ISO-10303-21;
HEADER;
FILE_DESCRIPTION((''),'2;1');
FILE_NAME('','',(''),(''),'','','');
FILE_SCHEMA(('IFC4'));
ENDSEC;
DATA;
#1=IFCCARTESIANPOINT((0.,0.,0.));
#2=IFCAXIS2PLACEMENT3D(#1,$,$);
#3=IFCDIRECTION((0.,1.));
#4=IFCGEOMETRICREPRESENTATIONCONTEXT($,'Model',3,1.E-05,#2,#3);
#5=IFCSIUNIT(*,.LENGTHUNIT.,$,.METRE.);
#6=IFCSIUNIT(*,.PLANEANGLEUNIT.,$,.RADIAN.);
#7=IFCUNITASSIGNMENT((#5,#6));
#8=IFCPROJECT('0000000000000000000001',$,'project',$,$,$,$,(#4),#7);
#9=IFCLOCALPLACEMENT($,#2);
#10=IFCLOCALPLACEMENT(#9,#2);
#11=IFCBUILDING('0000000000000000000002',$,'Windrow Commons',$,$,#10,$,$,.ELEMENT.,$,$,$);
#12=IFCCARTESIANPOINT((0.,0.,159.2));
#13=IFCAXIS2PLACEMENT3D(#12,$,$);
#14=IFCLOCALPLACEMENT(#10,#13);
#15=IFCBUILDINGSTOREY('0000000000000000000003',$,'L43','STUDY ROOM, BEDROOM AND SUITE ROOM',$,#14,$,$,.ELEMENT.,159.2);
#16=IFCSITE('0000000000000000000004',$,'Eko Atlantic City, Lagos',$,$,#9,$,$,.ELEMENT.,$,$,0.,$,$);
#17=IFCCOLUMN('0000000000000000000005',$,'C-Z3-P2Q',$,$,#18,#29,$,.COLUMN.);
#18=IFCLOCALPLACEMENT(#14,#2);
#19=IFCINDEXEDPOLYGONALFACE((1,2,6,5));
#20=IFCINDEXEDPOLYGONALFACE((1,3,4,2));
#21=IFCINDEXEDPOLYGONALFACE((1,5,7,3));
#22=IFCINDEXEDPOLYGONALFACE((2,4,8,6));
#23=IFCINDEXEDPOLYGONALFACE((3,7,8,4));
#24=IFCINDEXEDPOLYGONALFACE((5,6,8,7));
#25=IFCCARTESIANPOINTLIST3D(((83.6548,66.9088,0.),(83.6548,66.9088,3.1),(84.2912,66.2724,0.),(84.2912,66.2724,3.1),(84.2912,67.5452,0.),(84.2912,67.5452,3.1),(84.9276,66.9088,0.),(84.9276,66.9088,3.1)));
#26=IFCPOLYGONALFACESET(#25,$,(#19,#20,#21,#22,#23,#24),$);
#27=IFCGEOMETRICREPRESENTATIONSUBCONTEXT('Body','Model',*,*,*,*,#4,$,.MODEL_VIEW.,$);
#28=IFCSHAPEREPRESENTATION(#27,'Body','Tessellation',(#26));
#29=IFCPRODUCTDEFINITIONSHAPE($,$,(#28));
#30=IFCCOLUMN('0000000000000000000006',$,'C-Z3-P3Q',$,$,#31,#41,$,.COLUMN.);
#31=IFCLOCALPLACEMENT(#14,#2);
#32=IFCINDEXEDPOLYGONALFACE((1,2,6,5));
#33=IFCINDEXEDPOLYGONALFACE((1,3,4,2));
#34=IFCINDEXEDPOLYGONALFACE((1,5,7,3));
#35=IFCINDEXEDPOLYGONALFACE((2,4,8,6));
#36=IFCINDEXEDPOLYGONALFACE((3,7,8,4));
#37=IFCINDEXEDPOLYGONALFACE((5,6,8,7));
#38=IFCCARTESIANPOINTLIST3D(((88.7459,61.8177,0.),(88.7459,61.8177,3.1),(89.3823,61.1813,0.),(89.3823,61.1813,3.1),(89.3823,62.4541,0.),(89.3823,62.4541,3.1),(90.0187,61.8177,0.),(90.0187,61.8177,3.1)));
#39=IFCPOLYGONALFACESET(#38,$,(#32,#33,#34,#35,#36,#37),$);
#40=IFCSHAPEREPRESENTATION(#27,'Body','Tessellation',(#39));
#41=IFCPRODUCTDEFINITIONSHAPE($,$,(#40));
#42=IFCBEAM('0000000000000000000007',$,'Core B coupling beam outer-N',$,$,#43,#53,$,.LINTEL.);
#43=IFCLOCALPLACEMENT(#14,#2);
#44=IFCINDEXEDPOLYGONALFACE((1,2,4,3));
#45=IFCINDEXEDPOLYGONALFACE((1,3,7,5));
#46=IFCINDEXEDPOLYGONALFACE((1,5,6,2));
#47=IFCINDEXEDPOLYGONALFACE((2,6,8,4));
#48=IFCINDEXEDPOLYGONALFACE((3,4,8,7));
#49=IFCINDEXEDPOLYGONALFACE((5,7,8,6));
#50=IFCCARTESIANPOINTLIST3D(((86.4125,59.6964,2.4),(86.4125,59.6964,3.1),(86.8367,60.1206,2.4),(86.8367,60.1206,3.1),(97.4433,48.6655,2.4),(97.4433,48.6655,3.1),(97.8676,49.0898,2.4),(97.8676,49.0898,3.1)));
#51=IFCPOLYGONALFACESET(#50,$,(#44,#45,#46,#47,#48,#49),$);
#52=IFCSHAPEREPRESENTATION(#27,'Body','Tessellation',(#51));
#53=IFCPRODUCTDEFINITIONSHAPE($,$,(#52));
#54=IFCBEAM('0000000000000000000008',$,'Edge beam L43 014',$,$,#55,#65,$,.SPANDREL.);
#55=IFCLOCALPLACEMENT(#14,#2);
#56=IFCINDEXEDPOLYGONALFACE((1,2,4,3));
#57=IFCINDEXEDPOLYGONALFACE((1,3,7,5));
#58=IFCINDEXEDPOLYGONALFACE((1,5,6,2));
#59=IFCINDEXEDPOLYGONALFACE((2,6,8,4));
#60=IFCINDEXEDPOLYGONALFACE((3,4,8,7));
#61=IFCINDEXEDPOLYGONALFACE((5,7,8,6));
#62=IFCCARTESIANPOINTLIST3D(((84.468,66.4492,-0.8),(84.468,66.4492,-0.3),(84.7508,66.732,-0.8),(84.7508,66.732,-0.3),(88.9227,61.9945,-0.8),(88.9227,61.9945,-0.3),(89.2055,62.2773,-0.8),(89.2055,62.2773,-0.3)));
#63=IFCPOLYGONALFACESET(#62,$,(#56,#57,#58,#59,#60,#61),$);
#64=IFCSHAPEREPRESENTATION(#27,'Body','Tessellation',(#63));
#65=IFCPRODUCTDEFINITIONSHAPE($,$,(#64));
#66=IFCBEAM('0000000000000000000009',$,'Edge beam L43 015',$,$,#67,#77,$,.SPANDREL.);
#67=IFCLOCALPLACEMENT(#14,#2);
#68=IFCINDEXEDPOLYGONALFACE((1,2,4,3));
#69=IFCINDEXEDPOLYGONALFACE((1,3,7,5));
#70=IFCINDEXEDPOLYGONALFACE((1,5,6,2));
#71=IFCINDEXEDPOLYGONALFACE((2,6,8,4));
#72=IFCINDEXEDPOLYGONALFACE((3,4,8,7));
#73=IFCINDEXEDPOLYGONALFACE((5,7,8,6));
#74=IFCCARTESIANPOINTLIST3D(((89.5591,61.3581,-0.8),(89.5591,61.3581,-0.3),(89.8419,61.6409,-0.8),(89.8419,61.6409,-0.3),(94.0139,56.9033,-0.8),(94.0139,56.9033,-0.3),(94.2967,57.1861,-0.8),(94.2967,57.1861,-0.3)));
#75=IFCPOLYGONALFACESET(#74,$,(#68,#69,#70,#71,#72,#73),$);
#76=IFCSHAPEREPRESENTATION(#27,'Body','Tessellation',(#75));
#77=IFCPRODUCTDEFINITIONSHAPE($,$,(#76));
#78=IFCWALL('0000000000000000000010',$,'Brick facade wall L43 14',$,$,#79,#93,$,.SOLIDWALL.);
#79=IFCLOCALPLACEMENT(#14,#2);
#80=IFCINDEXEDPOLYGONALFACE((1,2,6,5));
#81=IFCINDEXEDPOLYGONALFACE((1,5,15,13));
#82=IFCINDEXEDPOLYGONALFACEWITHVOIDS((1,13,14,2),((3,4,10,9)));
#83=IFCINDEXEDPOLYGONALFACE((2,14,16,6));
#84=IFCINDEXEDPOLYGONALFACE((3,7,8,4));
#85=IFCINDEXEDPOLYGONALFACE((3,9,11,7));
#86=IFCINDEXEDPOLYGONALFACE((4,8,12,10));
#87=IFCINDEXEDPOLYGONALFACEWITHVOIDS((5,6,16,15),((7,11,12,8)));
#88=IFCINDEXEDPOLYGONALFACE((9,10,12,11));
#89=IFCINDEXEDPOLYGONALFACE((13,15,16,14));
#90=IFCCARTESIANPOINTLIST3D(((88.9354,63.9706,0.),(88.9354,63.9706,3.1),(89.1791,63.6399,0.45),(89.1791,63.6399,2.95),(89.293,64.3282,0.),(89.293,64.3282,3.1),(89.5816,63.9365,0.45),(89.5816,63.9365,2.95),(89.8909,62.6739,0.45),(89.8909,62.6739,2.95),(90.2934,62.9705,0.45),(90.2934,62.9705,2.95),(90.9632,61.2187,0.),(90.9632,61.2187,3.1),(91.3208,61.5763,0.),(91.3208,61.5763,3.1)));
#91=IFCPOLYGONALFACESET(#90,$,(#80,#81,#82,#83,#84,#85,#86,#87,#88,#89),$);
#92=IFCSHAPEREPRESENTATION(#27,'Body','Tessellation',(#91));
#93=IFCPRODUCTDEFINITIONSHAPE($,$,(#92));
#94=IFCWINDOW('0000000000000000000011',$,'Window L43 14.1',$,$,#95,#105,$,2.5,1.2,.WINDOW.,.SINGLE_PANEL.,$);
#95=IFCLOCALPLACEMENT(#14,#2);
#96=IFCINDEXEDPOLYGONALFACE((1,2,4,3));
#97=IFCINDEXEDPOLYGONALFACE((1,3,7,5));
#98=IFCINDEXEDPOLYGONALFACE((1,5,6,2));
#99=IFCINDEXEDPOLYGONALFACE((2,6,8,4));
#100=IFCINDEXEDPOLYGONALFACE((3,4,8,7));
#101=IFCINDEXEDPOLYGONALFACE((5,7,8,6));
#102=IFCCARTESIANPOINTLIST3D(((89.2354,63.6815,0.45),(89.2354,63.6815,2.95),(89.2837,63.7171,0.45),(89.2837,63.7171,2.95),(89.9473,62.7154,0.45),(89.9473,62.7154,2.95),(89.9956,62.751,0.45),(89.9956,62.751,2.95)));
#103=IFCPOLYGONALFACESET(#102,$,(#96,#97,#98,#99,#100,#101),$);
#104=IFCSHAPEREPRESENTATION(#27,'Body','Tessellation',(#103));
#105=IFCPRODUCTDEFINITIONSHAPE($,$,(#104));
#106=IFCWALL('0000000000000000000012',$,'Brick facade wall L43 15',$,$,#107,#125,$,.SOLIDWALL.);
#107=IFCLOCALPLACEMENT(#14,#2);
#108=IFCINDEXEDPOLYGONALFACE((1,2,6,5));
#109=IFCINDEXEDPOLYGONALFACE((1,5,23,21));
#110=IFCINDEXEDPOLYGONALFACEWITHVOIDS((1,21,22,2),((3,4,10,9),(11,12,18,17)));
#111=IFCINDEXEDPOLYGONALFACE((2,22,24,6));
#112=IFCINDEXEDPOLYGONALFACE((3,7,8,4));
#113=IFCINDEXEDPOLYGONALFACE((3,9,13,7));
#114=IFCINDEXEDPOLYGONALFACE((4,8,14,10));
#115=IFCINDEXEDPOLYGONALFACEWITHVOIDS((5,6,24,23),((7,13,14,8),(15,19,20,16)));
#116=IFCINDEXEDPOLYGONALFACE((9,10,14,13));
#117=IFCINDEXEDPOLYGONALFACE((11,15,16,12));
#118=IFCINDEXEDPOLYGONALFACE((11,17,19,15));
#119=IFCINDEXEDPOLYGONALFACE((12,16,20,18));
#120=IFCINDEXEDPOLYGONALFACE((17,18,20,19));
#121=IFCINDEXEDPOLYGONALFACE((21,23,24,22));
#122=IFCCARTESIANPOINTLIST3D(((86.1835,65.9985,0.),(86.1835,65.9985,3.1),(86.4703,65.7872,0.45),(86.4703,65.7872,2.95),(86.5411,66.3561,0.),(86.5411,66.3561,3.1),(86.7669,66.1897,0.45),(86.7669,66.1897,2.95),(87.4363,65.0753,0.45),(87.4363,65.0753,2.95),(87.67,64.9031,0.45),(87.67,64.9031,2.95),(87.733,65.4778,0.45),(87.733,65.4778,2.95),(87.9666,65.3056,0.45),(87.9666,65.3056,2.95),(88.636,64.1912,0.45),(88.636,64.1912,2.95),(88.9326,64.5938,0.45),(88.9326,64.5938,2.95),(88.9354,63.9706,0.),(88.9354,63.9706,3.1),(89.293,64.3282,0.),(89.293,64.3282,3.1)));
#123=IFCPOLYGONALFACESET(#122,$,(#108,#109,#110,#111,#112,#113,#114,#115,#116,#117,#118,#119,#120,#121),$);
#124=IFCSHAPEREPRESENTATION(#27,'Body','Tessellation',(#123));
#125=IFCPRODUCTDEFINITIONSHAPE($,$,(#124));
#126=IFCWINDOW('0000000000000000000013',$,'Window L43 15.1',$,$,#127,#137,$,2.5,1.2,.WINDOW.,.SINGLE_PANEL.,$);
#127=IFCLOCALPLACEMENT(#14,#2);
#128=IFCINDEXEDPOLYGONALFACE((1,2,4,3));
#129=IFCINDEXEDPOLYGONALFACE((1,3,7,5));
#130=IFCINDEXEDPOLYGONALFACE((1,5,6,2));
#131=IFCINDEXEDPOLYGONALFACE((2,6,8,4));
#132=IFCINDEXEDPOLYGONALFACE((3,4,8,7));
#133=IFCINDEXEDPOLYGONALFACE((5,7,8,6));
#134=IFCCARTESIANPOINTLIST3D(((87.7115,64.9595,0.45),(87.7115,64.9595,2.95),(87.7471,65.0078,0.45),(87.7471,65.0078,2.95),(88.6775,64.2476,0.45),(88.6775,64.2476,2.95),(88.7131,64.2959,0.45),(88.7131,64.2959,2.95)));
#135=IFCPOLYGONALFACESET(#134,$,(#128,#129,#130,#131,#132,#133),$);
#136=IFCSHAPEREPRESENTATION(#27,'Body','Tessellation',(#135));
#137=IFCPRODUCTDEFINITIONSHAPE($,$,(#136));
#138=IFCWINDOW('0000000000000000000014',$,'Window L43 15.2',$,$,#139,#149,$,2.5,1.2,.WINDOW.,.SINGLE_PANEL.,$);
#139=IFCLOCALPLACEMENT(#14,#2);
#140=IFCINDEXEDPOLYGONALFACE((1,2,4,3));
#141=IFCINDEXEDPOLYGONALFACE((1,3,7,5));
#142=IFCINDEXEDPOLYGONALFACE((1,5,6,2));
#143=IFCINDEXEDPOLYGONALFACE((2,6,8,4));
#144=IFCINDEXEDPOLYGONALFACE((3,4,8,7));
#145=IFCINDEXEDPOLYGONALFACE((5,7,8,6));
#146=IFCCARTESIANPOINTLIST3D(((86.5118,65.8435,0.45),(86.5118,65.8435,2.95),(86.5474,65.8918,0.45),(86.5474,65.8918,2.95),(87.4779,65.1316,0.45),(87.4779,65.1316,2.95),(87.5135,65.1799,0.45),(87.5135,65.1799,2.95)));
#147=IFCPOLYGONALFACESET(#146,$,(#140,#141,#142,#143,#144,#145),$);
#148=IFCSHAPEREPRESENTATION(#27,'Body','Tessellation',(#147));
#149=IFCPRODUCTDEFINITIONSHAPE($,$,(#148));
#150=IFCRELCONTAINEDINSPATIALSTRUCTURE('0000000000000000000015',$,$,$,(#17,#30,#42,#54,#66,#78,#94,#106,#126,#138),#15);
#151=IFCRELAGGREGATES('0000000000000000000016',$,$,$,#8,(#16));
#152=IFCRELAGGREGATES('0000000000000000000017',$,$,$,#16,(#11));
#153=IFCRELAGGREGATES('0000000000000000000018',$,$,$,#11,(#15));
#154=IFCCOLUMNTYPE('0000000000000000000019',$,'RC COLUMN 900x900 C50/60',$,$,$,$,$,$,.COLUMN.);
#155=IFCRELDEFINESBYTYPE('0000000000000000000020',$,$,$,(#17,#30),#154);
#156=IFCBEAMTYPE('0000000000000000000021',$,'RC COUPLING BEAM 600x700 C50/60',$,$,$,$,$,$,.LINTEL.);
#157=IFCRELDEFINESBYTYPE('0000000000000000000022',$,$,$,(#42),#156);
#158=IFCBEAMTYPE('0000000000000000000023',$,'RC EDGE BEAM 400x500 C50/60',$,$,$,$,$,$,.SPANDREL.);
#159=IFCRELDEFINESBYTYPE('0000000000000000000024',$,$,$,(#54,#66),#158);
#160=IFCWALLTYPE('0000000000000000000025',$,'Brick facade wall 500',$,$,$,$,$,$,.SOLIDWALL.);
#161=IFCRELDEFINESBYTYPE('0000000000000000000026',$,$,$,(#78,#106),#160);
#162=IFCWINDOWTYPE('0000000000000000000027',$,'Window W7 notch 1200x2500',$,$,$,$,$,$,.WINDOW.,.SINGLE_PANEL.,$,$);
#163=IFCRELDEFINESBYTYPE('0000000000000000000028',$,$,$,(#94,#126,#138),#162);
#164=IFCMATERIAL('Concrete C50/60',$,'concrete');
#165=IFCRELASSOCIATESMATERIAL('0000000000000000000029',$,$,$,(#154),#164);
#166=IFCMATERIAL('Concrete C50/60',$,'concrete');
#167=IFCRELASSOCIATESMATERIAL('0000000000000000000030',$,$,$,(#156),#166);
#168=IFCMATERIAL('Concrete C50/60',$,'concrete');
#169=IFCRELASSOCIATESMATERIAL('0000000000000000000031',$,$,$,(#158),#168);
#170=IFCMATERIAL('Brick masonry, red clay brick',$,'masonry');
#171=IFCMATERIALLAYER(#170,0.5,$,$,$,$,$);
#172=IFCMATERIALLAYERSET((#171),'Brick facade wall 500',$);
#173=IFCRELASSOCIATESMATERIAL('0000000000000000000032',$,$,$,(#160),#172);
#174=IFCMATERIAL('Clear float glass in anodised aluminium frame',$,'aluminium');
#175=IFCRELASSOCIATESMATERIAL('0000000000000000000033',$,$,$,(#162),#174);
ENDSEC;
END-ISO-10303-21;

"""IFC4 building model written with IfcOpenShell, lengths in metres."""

from ifc_helpers import new_model, si_unit, direction, frame, frame_2d, origin, origin_2d, place, context, subcontext, project, spatial, polyline, rectangle, outline, extrude, material, layer, layer_set, material_profile, profile_set, type_object, element, fill, save


model = new_model("IFC4")

# Units and contexts
model_context = context("Model", 3, precision=1e-05, world=origin(), true_north=direction((0.0, 1.0)))
body_context = subcontext(model_context, "Body", "Model", "MODEL_VIEW")
ifc_project = project(units=[si_unit("LENGTHUNIT", "METRE"), si_unit("PLANEANGLEUNIT", "RADIAN")], contexts=[model_context])

# Site, building, storey
site_placement = place(None, origin())
site = spatial("IfcSite", under=ifc_project, at=site_placement, Name="Eko Atlantic City, Lagos", CompositionType="ELEMENT", RefElevation=0.0)
building_placement = place(site_placement, origin())
building = spatial("IfcBuilding", under=site, at=building_placement, Name="Windrow Commons", CompositionType="ELEMENT")
storey_placement = place(building_placement, frame((0.0, 0.0, 159.2)))
storey = spatial("IfcBuildingStorey", under=building, at=storey_placement, Name="L43", Description="STUDY ROOM, BEDROOM AND SUITE ROOM", CompositionType="ELEMENT", Elevation=159.2)

# Columns
ifc_material_1 = material(Name="Concrete C50/60", Category="concrete")
ifc_material_profile_1 = material_profile(ifc_material_1, rectangle(XDim=0.9, YDim=0.9, at=origin_2d()))
ifc_profile_set_1 = profile_set([ifc_material_profile_1], Name="Concrete C50/60")
column_type = type_object("IfcColumnType", Name="RC COLUMN 900x900 C50/60", PredefinedType="COLUMN", material=ifc_profile_set_1)
for number, where, z_axis, x_axis, name in (
    (1, (84.2912, 66.9088, 0.0), (0.0, 0.0, 1.0), (0.707107, -0.707107, 0.0), "C-Z3-P2Q"),
    (2, (89.3823, 61.8177, 0.0), (0.0, 0.0, 1.0), (0.707107, -0.707107, 0.0), "C-Z3-P3Q"),
):
    element("IfcColumn", number, at=place(storey_placement, frame(where, z_axis=z_axis, x_axis=x_axis)), inside=storey, type_object=column_type, Name=name, PredefinedType="COLUMN", context=body_context, shape_type="SweptSolid", body=[
        extrude(rectangle(XDim=0.9, YDim=0.9, at=origin_2d()), origin(), (0.0, 0.0, 1.0), 3.1),
    ])

# Beams
ifc_material_2 = material(Name="Concrete C50/60", Category="concrete")
ifc_material_profile_2 = material_profile(ifc_material_2, rectangle(XDim=0.6, YDim=0.7, at=origin_2d()))
ifc_profile_set_2 = profile_set([ifc_material_profile_2], Name="Concrete C50/60")
beam_type_1 = type_object("IfcBeamType", Name="RC COUPLING BEAM 600x700 C50/60", PredefinedType="LINTEL", material=ifc_profile_set_2)
beam_1_placement = place(storey_placement, frame((86.6246, 59.9085, 2.75), z_axis=(0.707107, -0.707107, 0.0), x_axis=(0.707107, 0.707107, 0.0)))
element("IfcBeam", 3, at=beam_1_placement, inside=storey, type_object=beam_type_1, Name="Core B coupling beam outer-N", PredefinedType="LINTEL", context=body_context, shape_type="SweptSolid", body=[
    extrude(rectangle(XDim=0.6, YDim=0.7, at=origin_2d()), origin(), (0.0, 0.0, 1.0), 15.6),
])
ifc_material_3 = material(Name="Concrete C50/60", Category="concrete")
ifc_material_profile_3 = material_profile(ifc_material_3, rectangle(XDim=0.4, YDim=0.5, at=origin_2d()))
ifc_profile_set_3 = profile_set([ifc_material_profile_3], Name="Concrete C50/60")
beam_type_2 = type_object("IfcBeamType", Name="RC EDGE BEAM 400x500 C50/60", PredefinedType="SPANDREL", material=ifc_profile_set_3)
beam_2_placement = place(storey_placement, frame((84.6094, 66.5906, -0.55), z_axis=(0.707107, -0.707107, 0.0), x_axis=(0.707107, 0.707107, 0.0)))
element("IfcBeam", 4, at=beam_2_placement, inside=storey, type_object=beam_type_2, Name="Edge beam L43 014", PredefinedType="SPANDREL", context=body_context, shape_type="SweptSolid", body=[
    extrude(rectangle(XDim=0.4, YDim=0.5, at=origin_2d()), origin(), (0.0, 0.0, 1.0), 6.2999),
])
beam_3_placement = place(storey_placement, frame((89.7005, 61.4995, -0.55), z_axis=(0.707107, -0.707107, 0.0), x_axis=(0.707107, 0.707107, 0.0)))
element("IfcBeam", 5, at=beam_3_placement, inside=storey, type_object=beam_type_2, Name="Edge beam L43 015", PredefinedType="SPANDREL", context=body_context, shape_type="SweptSolid", body=[
    extrude(rectangle(XDim=0.4, YDim=0.5, at=origin_2d()), origin(), (0.0, 0.0, 1.0), 6.3),
])

# Wall, opening, window
ifc_material_4 = material(Name="Brick masonry, red clay brick", Category="masonry")
ifc_layer_1 = layer(ifc_material_4, 0.5)
ifc_layer_set_1 = layer_set([ifc_layer_1], Name="Brick facade wall 500")
wall_type_1 = type_object("IfcWallType", Name="Brick facade wall 500", PredefinedType="SOLIDWALL", material=ifc_layer_set_1)
wall_1_placement = place(storey_placement, frame((91.142, 61.3975, 0.0), z_axis=(0.0, 0.0, 1.0), x_axis=(-0.593215, 0.805044, 0.0)))
wall_1 = element("IfcWall", 6, at=wall_1_placement, inside=storey, type_object=wall_type_1, Name="Brick facade wall L43 14", PredefinedType="SOLIDWALL", context=body_context, shape_type="SweptSolid", body=[
    extrude(outline(polyline([(0.0379, -0.25), (3.4562, -0.25), (3.3805, 0.25), (-0.0379, 0.25), (0.0379, -0.25)])), origin(), (0.0, 0.0, 1.0), 3.1),
])
opening_1_placement = place(wall_1_placement, frame((1.7697, 0.0, 0.45)))
opening_1 = element("IfcOpeningElement", 7, at=opening_1_placement, cuts=wall_1, PredefinedType="OPENING", context=body_context, shape_type="SweptSolid", body=[
    extrude(rectangle(XDim=1.2, YDim=2.5, at=frame_2d((0.6, 1.25))), frame((0.0, 0.26, 0.0), z_axis=(0.0, -1.0, 0.0), x_axis=(1.0, 0.0, 0.0)), (0.0, 0.0, 1.0), 0.52),
])
ifc_material_5 = material(Name="Clear float glass in anodised aluminium frame", Category="aluminium")
window_type = type_object("IfcWindowType", Name="Window W7 notch 1200x2500", PartitioningType="SINGLE_PANEL", PredefinedType="WINDOW", material=ifc_material_5)
window_1_placement = place(opening_1_placement, origin())
window_1 = element("IfcWindow", 8, at=window_1_placement, inside=storey, type_object=window_type, Name="Window L43 14.1", OverallHeight=2.5, OverallWidth=1.2, PartitioningType="SINGLE_PANEL", PredefinedType="WINDOW", context=body_context, shape_type="SweptSolid", body=[
    extrude(rectangle(XDim=1.2, YDim=2.5, at=frame_2d((0.6, 1.25))), frame((0.0, 0.18, 0.0), z_axis=(0.0, -1.0, 0.0), x_axis=(1.0, 0.0, 0.0)), (0.0, 0.0, 1.0), 0.06),
])
fill(opening_1, window_1)

# Wall, openings, windows
wall_2_placement = place(storey_placement, frame((89.1142, 64.1494, 0.0), z_axis=(0.0, 0.0, 1.0), x_axis=(-0.80503, 0.593234, 0.0)))
wall_2 = element("IfcWall", 9, at=wall_2_placement, inside=storey, type_object=wall_type_1, Name="Brick facade wall L43 15", PredefinedType="SOLIDWALL", context=body_context, shape_type="SweptSolid", body=[
    extrude(outline(polyline([(-0.0379, -0.25), (3.3805, -0.25), (3.4562, 0.25), (0.0379, 0.25), (-0.0379, -0.25)])), origin(), (0.0, 0.0, 1.0), 3.1),
])
opening_2_placement = place(wall_2_placement, frame((0.4098, 0.0, 0.45)))
opening_2 = element("IfcOpeningElement", 10, at=opening_2_placement, cuts=wall_2, PredefinedType="OPENING", context=body_context, shape_type="SweptSolid", body=[
    extrude(rectangle(XDim=1.2, YDim=2.5, at=frame_2d((0.6, 1.25))), frame((0.0, 0.26, 0.0), z_axis=(0.0, -1.0, 0.0), x_axis=(1.0, 0.0, 0.0)), (0.0, 0.0, 1.0), 0.52),
])
opening_3_placement = place(wall_2_placement, frame((1.9, 0.0, 0.45)))
opening_3 = element("IfcOpeningElement", 11, at=opening_3_placement, cuts=wall_2, PredefinedType="OPENING", context=body_context, shape_type="SweptSolid", body=[
    extrude(rectangle(XDim=1.2, YDim=2.5, at=frame_2d((0.6, 1.25))), frame((0.0, 0.26, 0.0), z_axis=(0.0, -1.0, 0.0), x_axis=(1.0, 0.0, 0.0)), (0.0, 0.0, 1.0), 0.52),
])
window_2_placement = place(opening_2_placement, origin())
window_2 = element("IfcWindow", 12, at=window_2_placement, inside=storey, type_object=window_type, Name="Window L43 15.1", OverallHeight=2.5, OverallWidth=1.2, PartitioningType="SINGLE_PANEL", PredefinedType="WINDOW", context=body_context, shape_type="SweptSolid", body=[
    extrude(rectangle(XDim=1.2, YDim=2.5, at=frame_2d((0.6, 1.25))), frame((0.0, 0.18, 0.0), z_axis=(0.0, -1.0, 0.0), x_axis=(1.0, 0.0, 0.0)), (0.0, 0.0, 1.0), 0.06),
])
fill(opening_2, window_2)
window_3_placement = place(opening_3_placement, origin())
window_3 = element("IfcWindow", 13, at=window_3_placement, inside=storey, type_object=window_type, Name="Window L43 15.2", OverallHeight=2.5, OverallWidth=1.2, PartitioningType="SINGLE_PANEL", PredefinedType="WINDOW", context=body_context, shape_type="SweptSolid", body=[
    extrude(rectangle(XDim=1.2, YDim=2.5, at=frame_2d((0.6, 1.25))), frame((0.0, 0.18, 0.0), z_axis=(0.0, -1.0, 0.0), x_axis=(1.0, 0.0, 0.0)), (0.0, 0.0, 1.0), 0.06),
])
fill(opening_3, window_3)

save(model, "model.ifc")
